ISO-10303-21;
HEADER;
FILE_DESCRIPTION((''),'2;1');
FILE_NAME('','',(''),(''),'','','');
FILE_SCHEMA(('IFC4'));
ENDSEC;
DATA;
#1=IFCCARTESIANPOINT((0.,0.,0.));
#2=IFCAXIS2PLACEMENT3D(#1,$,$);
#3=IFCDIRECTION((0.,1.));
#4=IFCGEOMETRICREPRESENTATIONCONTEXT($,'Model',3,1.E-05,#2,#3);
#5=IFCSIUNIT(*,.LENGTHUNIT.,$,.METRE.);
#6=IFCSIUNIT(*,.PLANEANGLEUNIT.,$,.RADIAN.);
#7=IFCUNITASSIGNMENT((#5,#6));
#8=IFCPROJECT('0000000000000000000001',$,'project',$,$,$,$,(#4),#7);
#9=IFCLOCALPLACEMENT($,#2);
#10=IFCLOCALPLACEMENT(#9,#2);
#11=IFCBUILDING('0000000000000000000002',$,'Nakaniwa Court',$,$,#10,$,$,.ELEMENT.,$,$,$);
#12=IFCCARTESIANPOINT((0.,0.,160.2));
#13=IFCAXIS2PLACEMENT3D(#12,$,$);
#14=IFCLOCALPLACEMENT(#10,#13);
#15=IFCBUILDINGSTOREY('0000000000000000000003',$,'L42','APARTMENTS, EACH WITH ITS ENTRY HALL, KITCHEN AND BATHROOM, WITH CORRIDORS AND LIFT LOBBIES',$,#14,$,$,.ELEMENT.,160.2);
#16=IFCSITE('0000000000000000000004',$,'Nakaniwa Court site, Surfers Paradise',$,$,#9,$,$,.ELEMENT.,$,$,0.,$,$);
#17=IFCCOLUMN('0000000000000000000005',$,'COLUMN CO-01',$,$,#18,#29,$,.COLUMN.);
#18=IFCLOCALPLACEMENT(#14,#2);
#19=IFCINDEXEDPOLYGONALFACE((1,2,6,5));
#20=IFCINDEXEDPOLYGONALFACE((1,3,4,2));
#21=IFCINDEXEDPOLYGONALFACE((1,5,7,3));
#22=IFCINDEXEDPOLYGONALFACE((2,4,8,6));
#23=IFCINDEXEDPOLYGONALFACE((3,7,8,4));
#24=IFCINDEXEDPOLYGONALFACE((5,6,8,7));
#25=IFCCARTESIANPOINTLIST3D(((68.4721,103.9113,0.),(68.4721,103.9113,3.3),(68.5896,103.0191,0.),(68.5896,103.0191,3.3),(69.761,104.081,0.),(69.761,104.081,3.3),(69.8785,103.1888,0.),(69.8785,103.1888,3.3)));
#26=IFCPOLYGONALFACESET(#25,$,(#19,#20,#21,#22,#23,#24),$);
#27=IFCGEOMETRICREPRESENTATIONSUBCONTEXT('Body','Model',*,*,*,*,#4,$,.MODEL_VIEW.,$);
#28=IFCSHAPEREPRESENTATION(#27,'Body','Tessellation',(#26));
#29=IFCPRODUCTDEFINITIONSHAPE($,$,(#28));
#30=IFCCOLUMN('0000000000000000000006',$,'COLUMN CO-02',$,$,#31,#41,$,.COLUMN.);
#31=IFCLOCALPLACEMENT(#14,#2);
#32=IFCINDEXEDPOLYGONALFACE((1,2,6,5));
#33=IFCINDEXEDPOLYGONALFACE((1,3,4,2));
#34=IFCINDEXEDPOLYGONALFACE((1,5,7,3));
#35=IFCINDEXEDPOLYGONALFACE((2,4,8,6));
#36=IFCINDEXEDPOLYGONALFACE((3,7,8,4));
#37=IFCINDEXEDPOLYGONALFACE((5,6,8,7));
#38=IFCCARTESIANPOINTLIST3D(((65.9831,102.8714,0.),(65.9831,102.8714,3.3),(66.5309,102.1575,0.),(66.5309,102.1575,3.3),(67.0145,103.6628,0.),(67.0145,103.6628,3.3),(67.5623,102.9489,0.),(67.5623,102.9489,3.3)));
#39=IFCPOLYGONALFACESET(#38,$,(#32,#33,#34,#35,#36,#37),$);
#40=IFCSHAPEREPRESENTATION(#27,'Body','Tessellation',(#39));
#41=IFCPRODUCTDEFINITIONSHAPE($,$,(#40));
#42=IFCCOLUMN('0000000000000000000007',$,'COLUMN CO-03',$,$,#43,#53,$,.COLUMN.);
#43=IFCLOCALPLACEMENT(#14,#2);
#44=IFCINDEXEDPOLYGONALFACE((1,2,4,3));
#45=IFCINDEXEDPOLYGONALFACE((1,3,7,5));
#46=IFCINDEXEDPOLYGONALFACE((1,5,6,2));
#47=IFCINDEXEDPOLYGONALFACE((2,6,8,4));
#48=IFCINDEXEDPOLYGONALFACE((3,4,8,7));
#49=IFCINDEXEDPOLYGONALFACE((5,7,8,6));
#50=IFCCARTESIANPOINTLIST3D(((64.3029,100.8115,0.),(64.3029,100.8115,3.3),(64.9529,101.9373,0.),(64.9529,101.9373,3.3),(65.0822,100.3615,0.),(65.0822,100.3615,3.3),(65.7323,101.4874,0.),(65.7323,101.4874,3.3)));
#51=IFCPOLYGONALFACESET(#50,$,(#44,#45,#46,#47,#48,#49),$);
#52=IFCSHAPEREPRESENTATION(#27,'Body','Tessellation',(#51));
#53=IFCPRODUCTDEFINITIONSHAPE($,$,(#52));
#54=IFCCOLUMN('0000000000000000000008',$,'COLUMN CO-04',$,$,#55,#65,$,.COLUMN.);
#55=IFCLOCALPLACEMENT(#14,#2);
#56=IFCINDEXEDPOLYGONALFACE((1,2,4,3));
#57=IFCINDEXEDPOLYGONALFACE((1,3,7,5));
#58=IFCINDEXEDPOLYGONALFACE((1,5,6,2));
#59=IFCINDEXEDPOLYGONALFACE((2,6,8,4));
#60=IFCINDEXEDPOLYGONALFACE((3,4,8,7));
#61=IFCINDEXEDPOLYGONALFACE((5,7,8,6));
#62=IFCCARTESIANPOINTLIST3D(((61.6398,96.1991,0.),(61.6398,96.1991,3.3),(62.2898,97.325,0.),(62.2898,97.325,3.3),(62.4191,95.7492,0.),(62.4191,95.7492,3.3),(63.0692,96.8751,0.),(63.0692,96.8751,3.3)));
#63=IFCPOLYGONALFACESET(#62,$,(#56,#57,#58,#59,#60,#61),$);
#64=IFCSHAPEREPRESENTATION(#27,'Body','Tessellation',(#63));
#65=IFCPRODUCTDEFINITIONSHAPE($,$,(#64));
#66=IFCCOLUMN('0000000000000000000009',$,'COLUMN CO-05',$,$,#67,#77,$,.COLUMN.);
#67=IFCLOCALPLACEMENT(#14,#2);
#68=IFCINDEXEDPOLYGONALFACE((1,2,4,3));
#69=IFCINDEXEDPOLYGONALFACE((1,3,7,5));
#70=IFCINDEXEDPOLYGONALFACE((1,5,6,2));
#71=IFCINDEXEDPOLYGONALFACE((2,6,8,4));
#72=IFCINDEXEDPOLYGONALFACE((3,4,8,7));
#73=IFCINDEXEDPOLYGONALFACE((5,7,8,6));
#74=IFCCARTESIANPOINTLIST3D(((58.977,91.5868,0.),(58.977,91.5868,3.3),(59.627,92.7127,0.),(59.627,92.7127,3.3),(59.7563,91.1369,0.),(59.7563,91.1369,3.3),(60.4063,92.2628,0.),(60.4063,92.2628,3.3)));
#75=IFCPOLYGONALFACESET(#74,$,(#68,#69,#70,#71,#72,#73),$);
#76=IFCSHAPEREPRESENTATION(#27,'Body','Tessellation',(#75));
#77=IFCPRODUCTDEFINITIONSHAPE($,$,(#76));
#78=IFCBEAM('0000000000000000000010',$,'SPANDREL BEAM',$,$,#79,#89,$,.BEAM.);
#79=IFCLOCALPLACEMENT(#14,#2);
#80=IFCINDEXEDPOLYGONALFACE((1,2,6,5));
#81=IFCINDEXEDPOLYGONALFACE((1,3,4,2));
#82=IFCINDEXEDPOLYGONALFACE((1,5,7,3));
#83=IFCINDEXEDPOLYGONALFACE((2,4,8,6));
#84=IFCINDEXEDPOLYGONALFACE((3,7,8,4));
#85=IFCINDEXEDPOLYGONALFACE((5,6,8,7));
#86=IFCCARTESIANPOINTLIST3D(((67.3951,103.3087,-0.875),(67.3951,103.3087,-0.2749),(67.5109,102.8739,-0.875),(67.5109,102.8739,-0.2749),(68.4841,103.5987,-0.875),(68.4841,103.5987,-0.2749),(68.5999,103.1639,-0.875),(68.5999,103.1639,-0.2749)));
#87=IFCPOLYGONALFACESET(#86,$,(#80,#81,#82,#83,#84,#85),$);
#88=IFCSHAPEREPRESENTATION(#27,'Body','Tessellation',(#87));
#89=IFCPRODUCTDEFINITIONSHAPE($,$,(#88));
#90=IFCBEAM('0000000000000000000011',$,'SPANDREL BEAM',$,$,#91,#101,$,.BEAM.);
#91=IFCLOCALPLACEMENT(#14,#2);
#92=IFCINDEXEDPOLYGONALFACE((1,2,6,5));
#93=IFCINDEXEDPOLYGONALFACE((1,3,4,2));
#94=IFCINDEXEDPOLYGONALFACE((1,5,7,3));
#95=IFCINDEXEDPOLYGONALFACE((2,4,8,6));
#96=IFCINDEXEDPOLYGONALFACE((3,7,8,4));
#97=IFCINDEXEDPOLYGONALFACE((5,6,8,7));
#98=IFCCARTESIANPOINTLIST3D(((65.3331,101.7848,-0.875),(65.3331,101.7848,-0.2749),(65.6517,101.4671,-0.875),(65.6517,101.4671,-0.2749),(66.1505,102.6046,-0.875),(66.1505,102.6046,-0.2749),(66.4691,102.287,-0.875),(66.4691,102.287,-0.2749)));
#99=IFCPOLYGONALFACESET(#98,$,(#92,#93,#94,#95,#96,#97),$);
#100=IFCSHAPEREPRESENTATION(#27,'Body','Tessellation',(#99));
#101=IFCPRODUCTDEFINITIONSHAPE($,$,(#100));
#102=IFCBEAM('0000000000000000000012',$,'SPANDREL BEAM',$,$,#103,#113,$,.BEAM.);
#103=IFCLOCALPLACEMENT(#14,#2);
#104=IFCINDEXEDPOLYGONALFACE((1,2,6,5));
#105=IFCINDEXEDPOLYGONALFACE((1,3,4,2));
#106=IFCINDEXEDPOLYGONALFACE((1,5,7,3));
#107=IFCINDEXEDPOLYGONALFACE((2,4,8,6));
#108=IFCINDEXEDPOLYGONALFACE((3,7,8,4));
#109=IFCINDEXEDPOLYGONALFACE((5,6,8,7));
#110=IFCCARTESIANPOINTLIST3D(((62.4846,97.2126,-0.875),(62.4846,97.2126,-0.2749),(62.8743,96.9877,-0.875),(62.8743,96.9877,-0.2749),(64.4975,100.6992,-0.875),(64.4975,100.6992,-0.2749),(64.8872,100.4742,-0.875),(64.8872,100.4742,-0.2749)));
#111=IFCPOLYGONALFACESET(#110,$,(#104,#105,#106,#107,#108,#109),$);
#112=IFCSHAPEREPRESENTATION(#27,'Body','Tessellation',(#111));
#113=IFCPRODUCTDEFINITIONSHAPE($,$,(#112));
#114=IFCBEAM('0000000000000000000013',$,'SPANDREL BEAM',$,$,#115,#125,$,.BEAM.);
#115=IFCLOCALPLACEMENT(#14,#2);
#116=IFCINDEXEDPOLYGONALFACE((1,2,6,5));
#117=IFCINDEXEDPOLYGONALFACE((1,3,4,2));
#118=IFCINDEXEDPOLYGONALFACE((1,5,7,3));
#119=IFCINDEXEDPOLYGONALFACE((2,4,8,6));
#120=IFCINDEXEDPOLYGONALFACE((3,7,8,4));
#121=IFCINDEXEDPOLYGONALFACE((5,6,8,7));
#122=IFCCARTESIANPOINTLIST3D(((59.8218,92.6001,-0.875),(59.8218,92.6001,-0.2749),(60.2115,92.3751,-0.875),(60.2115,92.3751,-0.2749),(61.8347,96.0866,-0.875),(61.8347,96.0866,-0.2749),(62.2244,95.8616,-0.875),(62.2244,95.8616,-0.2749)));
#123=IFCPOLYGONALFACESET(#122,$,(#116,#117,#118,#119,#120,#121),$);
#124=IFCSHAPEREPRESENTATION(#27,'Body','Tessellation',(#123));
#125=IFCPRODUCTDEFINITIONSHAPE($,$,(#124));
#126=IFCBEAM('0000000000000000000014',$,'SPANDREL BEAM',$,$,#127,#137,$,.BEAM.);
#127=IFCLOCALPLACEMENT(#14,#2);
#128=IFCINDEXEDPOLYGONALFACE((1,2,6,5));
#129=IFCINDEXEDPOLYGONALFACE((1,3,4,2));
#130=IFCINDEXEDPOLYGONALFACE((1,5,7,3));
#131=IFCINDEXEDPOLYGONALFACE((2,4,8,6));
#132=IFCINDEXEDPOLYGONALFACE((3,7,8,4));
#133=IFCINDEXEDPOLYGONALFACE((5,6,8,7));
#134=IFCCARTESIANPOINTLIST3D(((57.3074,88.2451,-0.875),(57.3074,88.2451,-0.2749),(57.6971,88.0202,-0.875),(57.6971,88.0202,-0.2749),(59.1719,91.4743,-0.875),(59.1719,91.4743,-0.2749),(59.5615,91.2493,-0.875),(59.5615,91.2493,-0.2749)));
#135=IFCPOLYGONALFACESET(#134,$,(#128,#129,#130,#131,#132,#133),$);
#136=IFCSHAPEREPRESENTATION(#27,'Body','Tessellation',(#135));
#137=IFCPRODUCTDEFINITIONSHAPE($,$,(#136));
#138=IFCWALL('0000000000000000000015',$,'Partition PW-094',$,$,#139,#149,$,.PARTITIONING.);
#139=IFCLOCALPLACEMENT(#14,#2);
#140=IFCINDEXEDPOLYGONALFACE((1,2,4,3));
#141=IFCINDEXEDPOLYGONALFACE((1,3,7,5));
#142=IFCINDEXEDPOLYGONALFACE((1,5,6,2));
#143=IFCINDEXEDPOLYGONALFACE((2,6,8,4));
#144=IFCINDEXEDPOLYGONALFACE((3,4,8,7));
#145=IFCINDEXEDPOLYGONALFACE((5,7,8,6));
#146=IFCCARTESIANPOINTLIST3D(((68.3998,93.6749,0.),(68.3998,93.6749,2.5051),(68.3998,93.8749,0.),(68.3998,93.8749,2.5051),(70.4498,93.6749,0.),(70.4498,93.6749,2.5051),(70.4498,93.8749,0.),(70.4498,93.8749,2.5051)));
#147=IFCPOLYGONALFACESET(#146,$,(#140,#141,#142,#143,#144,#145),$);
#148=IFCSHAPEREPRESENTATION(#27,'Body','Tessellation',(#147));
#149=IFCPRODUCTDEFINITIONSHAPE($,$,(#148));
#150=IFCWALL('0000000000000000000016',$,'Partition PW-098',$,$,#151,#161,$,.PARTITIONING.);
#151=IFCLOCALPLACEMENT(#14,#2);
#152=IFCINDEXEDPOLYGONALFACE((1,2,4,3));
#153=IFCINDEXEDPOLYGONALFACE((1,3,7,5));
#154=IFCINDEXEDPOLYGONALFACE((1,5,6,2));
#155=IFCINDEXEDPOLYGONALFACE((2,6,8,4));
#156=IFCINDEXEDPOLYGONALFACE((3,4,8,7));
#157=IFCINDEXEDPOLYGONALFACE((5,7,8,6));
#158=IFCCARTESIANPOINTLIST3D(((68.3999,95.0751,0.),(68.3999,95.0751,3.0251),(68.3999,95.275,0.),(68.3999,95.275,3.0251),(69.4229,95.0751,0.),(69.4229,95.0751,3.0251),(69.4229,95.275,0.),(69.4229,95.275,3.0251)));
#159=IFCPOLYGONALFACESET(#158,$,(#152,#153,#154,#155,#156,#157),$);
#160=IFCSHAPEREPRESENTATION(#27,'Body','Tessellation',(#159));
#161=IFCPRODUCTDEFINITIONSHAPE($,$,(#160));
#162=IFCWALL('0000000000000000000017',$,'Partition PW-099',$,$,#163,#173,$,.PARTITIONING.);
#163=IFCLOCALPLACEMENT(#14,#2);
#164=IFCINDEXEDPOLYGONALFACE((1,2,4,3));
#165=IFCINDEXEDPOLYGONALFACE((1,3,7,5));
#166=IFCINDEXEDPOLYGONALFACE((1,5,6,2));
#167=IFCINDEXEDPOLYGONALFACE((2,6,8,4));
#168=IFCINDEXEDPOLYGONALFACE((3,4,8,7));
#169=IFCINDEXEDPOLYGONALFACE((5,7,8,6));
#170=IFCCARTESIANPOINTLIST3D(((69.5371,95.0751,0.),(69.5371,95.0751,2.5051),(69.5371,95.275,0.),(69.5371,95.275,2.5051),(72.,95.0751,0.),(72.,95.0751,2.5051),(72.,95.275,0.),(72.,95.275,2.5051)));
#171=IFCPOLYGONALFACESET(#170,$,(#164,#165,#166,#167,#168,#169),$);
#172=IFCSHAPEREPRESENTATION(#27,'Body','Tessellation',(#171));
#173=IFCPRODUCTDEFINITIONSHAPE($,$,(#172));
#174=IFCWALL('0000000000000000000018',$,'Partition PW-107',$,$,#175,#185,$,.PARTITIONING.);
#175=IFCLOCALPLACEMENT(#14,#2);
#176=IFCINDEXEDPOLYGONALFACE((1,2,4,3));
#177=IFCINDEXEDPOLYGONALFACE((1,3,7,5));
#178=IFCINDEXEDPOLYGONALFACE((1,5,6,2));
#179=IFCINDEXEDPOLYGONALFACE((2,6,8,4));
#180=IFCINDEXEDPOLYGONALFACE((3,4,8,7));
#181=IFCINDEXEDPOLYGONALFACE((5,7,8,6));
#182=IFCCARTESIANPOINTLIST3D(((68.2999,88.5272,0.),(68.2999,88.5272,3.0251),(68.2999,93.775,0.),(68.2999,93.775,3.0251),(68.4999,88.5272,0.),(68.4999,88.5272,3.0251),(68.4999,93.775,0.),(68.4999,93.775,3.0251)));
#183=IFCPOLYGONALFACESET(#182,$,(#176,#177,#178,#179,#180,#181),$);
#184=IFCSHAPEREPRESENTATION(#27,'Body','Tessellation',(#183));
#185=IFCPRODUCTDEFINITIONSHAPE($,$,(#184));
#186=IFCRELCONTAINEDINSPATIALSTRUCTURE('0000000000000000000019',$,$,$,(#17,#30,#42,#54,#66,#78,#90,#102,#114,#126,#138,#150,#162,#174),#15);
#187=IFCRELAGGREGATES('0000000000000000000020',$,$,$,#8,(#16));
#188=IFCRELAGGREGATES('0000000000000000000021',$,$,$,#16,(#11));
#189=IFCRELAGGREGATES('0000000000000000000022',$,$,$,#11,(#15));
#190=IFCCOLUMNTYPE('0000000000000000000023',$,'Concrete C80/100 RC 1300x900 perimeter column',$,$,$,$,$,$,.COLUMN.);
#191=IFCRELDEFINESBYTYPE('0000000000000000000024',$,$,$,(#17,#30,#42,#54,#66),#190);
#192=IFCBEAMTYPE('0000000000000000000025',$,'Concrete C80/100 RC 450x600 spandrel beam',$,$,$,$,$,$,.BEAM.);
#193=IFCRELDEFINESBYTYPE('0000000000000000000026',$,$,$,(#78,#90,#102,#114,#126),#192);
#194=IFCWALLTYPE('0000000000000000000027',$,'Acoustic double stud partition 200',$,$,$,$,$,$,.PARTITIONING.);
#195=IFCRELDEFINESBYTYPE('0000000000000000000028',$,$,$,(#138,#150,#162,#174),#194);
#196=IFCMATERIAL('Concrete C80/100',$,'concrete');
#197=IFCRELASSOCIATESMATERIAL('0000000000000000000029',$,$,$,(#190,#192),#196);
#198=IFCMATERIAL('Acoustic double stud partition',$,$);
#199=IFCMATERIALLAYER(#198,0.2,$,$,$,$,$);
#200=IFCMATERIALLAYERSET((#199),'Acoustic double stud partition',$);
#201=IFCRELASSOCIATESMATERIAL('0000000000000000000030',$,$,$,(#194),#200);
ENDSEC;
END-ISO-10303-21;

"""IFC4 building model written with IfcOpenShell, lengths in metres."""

from ifc_helpers import new_model, si_unit, direction, frame, frame_2d, origin, origin_2d, place, context, subcontext, project, spatial, rectangle, extrude, material, layer, layer_set, material_profile, profile_set, type_object, element, save


model = new_model("IFC4")

# Units and contexts
model_context = context("Model", 3, precision=1e-05, world=origin(), true_north=direction((0.0, 1.0)))
body_context = subcontext(model_context, "Body", "Model", "MODEL_VIEW")
ifc_project = project(units=[si_unit("LENGTHUNIT", "METRE"), si_unit("PLANEANGLEUNIT", "RADIAN")], contexts=[model_context])

# Site, building, storey
site_placement = place(None, origin())
site = spatial("IfcSite", under=ifc_project, at=site_placement, Name="Nakaniwa Court site, Surfers Paradise", CompositionType="ELEMENT", RefElevation=0.0)
building_placement = place(site_placement, origin())
building = spatial("IfcBuilding", under=site, at=building_placement, Name="Nakaniwa Court", CompositionType="ELEMENT")
storey_placement = place(building_placement, frame((0.0, 0.0, 160.2)))
storey = spatial("IfcBuildingStorey", under=building, at=storey_placement, Name="L42", Description="APARTMENTS, EACH WITH ITS ENTRY HALL, KITCHEN AND BATHROOM, WITH CORRIDORS AND LIFT LOBBIES", CompositionType="ELEMENT", Elevation=160.2)

# Columns
ifc_material_1 = material(Name="Concrete C80/100", Category="concrete")
ifc_material_profile_1 = material_profile(ifc_material_1, rectangle(XDim=1.3, YDim=0.8999, at=origin_2d()), Name="Concrete C80/100 RC 1300x900 perimeter column")
ifc_profile_set_1 = profile_set([ifc_material_profile_1], Name="Concrete C80/100")
column_type = type_object("IfcColumnType", Name="Concrete C80/100 RC 1300x900 perimeter column", PredefinedType="COLUMN", material=ifc_profile_set_1)
for number, where, z_axis, x_axis, name in (
    (1, (69.1753, 103.55, 0.0), (0.0, 0.0, 1.0), (-0.991443, -0.130543, 0.0), "COLUMN CO-01"),
    (2, (66.7727, 102.9102, 0.0), (0.0, 0.0, 1.0), (-0.793364, -0.608748, 0.0), "COLUMN CO-02"),
    (3, (65.0176, 101.1494, 0.0), (0.0, 0.0, 1.0), (-0.5, -0.866025, 0.0), "COLUMN CO-03"),
    (4, (62.3545, 96.5371, 0.0), (0.0, 0.0, 1.0), (-0.5, -0.866025, 0.0), "COLUMN CO-04"),
    (5, (59.6917, 91.9248, 0.0), (0.0, 0.0, 1.0), (-0.5, -0.866025, 0.0), "COLUMN CO-05"),
):
    element("IfcColumn", number, at=place(storey_placement, frame(where, z_axis=z_axis, x_axis=x_axis)), inside=storey, type_object=column_type, Name=name, PredefinedType="COLUMN", context=body_context, shape_type="SweptSolid", body=[
        extrude(rectangle(XDim=1.3, YDim=0.8999, at=origin_2d()), origin(), (0.0, 0.0, 1.0), 3.3),
    ])

# Beams
ifc_material_profile_2 = material_profile(ifc_material_1, rectangle(XDim=0.45, YDim=0.6001, at=origin_2d()), Name="Concrete C80/100 RC 450x600 spandrel beam")
ifc_profile_set_2 = profile_set([ifc_material_profile_2], Name="Concrete C80/100")
beam_type = type_object("IfcBeamType", Name="Concrete C80/100 RC 450x600 spandrel beam", PredefinedType="BEAM", material=ifc_profile_set_2)
beam_1_placement = place(storey_placement, frame((68.542, 103.3813, -0.575), z_axis=(-0.966321, -0.257339, 0.0), x_axis=(0.257339, -0.966321, 0.0)))
element("IfcBeam", 6, at=beam_1_placement, inside=storey, type_object=beam_type, Name="SPANDREL BEAM", PredefinedType="BEAM", context=body_context, shape_type="SweptSolid", body=[
    extrude(rectangle(XDim=0.45, YDim=0.6001, at=origin_2d()), origin(), (0.0, 0.0, 1.0), 1.127),
])
beam_2_placement = place(storey_placement, frame((66.3098, 102.4458, -0.575), z_axis=(-0.706052, -0.70816, 0.0), x_axis=(0.70816, -0.706052, 0.0)))
element("IfcBeam", 7, at=beam_2_placement, inside=storey, type_object=beam_type, Name="SPANDREL BEAM", PredefinedType="BEAM", context=body_context, shape_type="SweptSolid", body=[
    extrude(rectangle(XDim=0.45, YDim=0.6001, at=origin_2d()), origin(), (0.0, 0.0, 1.0), 1.1577),
])
for number, where, z_axis, x_axis, name in (
    (8, (64.6924, 100.5867, -0.575), (-0.499994, -0.866029, 0.0), (0.866029, -0.499994, 0.0), "SPANDREL BEAM"),
    (9, (62.0295, 95.9741, -0.575), (-0.499994, -0.866029, 0.0), (0.866029, -0.499994, 0.0), "SPANDREL BEAM"),
):
    element("IfcBeam", number, at=place(storey_placement, frame(where, z_axis=z_axis, x_axis=x_axis)), inside=storey, type_object=beam_type, Name=name, PredefinedType="BEAM", context=body_context, shape_type="SweptSolid", body=[
        extrude(rectangle(XDim=0.45, YDim=0.6001, at=origin_2d()), origin(), (0.0, 0.0, 1.0), 4.0259),
    ])
beam_3_placement = place(storey_placement, frame((59.3667, 91.3618, -0.575), z_axis=(-0.500019, -0.866014, 0.0), x_axis=(0.866014, -0.500019, 0.0)))
element("IfcBeam", 10, at=beam_3_placement, inside=storey, type_object=beam_type, Name="SPANDREL BEAM", PredefinedType="BEAM", context=body_context, shape_type="SweptSolid", body=[
    extrude(rectangle(XDim=0.45, YDim=0.6001, at=origin_2d()), origin(), (0.0, 0.0, 1.0), 3.7288),
])

# Walls
ifc_material_2 = material(Name="Acoustic double stud partition")
ifc_layer_1 = layer(ifc_material_2, 0.2)
ifc_layer_set_1 = layer_set([ifc_layer_1], Name="Acoustic double stud partition")
wall_type_1 = type_object("IfcWallType", Name="Acoustic double stud partition 200", PredefinedType="PARTITIONING", material=ifc_layer_set_1)
wall_1_placement = place(storey_placement, frame((68.3999, 93.7749, 0.0), z_axis=(0.0, 0.0, 1.0), x_axis=(1.0, 0.0, 0.0)))
element("IfcWall", 11, at=wall_1_placement, inside=storey, type_object=wall_type_1, Name="Partition PW-094", PredefinedType="PARTITIONING", context=body_context, shape_type="SweptSolid", body=[
    extrude(rectangle(XDim=2.05, YDim=0.2, at=frame_2d((1.0249, 0.0))), origin(), (0.0, 0.0, 1.0), 2.5051),
])
wall_2_placement = place(storey_placement, frame((68.3999, 95.175, 0.0), z_axis=(0.0, 0.0, 1.0), x_axis=(1.0, 0.0, 0.0)))
element("IfcWall", 12, at=wall_2_placement, inside=storey, type_object=wall_type_1, Name="Partition PW-098", PredefinedType="PARTITIONING", context=body_context, shape_type="SweptSolid", body=[
    extrude(rectangle(XDim=1.0229, YDim=0.2, at=frame_2d((0.5115, 0.0))), origin(), (0.0, 0.0, 1.0), 3.0251),
])
wall_3_placement = place(storey_placement, frame((69.5371, 95.175, 0.0), z_axis=(0.0, 0.0, 1.0), x_axis=(1.0, 0.0, 0.0)))
element("IfcWall", 13, at=wall_3_placement, inside=storey, type_object=wall_type_1, Name="Partition PW-099", PredefinedType="PARTITIONING", context=body_context, shape_type="SweptSolid", body=[
    extrude(rectangle(XDim=2.4629, YDim=0.2, at=frame_2d((1.2314, 0.0))), origin(), (0.0, 0.0, 1.0), 2.5051),
])
wall_4_placement = place(storey_placement, frame((68.3999, 88.5271, 0.0), z_axis=(0.0, 0.0, 1.0), x_axis=(0.0, 1.0, 0.0)))
element("IfcWall", 14, at=wall_4_placement, inside=storey, type_object=wall_type_1, Name="Partition PW-107", PredefinedType="PARTITIONING", context=body_context, shape_type="SweptSolid", body=[
    extrude(rectangle(XDim=5.2478, YDim=0.2, at=frame_2d((2.624, 0.0))), origin(), (0.0, 0.0, 1.0), 3.0251),
])

save(model, "model.ifc")
